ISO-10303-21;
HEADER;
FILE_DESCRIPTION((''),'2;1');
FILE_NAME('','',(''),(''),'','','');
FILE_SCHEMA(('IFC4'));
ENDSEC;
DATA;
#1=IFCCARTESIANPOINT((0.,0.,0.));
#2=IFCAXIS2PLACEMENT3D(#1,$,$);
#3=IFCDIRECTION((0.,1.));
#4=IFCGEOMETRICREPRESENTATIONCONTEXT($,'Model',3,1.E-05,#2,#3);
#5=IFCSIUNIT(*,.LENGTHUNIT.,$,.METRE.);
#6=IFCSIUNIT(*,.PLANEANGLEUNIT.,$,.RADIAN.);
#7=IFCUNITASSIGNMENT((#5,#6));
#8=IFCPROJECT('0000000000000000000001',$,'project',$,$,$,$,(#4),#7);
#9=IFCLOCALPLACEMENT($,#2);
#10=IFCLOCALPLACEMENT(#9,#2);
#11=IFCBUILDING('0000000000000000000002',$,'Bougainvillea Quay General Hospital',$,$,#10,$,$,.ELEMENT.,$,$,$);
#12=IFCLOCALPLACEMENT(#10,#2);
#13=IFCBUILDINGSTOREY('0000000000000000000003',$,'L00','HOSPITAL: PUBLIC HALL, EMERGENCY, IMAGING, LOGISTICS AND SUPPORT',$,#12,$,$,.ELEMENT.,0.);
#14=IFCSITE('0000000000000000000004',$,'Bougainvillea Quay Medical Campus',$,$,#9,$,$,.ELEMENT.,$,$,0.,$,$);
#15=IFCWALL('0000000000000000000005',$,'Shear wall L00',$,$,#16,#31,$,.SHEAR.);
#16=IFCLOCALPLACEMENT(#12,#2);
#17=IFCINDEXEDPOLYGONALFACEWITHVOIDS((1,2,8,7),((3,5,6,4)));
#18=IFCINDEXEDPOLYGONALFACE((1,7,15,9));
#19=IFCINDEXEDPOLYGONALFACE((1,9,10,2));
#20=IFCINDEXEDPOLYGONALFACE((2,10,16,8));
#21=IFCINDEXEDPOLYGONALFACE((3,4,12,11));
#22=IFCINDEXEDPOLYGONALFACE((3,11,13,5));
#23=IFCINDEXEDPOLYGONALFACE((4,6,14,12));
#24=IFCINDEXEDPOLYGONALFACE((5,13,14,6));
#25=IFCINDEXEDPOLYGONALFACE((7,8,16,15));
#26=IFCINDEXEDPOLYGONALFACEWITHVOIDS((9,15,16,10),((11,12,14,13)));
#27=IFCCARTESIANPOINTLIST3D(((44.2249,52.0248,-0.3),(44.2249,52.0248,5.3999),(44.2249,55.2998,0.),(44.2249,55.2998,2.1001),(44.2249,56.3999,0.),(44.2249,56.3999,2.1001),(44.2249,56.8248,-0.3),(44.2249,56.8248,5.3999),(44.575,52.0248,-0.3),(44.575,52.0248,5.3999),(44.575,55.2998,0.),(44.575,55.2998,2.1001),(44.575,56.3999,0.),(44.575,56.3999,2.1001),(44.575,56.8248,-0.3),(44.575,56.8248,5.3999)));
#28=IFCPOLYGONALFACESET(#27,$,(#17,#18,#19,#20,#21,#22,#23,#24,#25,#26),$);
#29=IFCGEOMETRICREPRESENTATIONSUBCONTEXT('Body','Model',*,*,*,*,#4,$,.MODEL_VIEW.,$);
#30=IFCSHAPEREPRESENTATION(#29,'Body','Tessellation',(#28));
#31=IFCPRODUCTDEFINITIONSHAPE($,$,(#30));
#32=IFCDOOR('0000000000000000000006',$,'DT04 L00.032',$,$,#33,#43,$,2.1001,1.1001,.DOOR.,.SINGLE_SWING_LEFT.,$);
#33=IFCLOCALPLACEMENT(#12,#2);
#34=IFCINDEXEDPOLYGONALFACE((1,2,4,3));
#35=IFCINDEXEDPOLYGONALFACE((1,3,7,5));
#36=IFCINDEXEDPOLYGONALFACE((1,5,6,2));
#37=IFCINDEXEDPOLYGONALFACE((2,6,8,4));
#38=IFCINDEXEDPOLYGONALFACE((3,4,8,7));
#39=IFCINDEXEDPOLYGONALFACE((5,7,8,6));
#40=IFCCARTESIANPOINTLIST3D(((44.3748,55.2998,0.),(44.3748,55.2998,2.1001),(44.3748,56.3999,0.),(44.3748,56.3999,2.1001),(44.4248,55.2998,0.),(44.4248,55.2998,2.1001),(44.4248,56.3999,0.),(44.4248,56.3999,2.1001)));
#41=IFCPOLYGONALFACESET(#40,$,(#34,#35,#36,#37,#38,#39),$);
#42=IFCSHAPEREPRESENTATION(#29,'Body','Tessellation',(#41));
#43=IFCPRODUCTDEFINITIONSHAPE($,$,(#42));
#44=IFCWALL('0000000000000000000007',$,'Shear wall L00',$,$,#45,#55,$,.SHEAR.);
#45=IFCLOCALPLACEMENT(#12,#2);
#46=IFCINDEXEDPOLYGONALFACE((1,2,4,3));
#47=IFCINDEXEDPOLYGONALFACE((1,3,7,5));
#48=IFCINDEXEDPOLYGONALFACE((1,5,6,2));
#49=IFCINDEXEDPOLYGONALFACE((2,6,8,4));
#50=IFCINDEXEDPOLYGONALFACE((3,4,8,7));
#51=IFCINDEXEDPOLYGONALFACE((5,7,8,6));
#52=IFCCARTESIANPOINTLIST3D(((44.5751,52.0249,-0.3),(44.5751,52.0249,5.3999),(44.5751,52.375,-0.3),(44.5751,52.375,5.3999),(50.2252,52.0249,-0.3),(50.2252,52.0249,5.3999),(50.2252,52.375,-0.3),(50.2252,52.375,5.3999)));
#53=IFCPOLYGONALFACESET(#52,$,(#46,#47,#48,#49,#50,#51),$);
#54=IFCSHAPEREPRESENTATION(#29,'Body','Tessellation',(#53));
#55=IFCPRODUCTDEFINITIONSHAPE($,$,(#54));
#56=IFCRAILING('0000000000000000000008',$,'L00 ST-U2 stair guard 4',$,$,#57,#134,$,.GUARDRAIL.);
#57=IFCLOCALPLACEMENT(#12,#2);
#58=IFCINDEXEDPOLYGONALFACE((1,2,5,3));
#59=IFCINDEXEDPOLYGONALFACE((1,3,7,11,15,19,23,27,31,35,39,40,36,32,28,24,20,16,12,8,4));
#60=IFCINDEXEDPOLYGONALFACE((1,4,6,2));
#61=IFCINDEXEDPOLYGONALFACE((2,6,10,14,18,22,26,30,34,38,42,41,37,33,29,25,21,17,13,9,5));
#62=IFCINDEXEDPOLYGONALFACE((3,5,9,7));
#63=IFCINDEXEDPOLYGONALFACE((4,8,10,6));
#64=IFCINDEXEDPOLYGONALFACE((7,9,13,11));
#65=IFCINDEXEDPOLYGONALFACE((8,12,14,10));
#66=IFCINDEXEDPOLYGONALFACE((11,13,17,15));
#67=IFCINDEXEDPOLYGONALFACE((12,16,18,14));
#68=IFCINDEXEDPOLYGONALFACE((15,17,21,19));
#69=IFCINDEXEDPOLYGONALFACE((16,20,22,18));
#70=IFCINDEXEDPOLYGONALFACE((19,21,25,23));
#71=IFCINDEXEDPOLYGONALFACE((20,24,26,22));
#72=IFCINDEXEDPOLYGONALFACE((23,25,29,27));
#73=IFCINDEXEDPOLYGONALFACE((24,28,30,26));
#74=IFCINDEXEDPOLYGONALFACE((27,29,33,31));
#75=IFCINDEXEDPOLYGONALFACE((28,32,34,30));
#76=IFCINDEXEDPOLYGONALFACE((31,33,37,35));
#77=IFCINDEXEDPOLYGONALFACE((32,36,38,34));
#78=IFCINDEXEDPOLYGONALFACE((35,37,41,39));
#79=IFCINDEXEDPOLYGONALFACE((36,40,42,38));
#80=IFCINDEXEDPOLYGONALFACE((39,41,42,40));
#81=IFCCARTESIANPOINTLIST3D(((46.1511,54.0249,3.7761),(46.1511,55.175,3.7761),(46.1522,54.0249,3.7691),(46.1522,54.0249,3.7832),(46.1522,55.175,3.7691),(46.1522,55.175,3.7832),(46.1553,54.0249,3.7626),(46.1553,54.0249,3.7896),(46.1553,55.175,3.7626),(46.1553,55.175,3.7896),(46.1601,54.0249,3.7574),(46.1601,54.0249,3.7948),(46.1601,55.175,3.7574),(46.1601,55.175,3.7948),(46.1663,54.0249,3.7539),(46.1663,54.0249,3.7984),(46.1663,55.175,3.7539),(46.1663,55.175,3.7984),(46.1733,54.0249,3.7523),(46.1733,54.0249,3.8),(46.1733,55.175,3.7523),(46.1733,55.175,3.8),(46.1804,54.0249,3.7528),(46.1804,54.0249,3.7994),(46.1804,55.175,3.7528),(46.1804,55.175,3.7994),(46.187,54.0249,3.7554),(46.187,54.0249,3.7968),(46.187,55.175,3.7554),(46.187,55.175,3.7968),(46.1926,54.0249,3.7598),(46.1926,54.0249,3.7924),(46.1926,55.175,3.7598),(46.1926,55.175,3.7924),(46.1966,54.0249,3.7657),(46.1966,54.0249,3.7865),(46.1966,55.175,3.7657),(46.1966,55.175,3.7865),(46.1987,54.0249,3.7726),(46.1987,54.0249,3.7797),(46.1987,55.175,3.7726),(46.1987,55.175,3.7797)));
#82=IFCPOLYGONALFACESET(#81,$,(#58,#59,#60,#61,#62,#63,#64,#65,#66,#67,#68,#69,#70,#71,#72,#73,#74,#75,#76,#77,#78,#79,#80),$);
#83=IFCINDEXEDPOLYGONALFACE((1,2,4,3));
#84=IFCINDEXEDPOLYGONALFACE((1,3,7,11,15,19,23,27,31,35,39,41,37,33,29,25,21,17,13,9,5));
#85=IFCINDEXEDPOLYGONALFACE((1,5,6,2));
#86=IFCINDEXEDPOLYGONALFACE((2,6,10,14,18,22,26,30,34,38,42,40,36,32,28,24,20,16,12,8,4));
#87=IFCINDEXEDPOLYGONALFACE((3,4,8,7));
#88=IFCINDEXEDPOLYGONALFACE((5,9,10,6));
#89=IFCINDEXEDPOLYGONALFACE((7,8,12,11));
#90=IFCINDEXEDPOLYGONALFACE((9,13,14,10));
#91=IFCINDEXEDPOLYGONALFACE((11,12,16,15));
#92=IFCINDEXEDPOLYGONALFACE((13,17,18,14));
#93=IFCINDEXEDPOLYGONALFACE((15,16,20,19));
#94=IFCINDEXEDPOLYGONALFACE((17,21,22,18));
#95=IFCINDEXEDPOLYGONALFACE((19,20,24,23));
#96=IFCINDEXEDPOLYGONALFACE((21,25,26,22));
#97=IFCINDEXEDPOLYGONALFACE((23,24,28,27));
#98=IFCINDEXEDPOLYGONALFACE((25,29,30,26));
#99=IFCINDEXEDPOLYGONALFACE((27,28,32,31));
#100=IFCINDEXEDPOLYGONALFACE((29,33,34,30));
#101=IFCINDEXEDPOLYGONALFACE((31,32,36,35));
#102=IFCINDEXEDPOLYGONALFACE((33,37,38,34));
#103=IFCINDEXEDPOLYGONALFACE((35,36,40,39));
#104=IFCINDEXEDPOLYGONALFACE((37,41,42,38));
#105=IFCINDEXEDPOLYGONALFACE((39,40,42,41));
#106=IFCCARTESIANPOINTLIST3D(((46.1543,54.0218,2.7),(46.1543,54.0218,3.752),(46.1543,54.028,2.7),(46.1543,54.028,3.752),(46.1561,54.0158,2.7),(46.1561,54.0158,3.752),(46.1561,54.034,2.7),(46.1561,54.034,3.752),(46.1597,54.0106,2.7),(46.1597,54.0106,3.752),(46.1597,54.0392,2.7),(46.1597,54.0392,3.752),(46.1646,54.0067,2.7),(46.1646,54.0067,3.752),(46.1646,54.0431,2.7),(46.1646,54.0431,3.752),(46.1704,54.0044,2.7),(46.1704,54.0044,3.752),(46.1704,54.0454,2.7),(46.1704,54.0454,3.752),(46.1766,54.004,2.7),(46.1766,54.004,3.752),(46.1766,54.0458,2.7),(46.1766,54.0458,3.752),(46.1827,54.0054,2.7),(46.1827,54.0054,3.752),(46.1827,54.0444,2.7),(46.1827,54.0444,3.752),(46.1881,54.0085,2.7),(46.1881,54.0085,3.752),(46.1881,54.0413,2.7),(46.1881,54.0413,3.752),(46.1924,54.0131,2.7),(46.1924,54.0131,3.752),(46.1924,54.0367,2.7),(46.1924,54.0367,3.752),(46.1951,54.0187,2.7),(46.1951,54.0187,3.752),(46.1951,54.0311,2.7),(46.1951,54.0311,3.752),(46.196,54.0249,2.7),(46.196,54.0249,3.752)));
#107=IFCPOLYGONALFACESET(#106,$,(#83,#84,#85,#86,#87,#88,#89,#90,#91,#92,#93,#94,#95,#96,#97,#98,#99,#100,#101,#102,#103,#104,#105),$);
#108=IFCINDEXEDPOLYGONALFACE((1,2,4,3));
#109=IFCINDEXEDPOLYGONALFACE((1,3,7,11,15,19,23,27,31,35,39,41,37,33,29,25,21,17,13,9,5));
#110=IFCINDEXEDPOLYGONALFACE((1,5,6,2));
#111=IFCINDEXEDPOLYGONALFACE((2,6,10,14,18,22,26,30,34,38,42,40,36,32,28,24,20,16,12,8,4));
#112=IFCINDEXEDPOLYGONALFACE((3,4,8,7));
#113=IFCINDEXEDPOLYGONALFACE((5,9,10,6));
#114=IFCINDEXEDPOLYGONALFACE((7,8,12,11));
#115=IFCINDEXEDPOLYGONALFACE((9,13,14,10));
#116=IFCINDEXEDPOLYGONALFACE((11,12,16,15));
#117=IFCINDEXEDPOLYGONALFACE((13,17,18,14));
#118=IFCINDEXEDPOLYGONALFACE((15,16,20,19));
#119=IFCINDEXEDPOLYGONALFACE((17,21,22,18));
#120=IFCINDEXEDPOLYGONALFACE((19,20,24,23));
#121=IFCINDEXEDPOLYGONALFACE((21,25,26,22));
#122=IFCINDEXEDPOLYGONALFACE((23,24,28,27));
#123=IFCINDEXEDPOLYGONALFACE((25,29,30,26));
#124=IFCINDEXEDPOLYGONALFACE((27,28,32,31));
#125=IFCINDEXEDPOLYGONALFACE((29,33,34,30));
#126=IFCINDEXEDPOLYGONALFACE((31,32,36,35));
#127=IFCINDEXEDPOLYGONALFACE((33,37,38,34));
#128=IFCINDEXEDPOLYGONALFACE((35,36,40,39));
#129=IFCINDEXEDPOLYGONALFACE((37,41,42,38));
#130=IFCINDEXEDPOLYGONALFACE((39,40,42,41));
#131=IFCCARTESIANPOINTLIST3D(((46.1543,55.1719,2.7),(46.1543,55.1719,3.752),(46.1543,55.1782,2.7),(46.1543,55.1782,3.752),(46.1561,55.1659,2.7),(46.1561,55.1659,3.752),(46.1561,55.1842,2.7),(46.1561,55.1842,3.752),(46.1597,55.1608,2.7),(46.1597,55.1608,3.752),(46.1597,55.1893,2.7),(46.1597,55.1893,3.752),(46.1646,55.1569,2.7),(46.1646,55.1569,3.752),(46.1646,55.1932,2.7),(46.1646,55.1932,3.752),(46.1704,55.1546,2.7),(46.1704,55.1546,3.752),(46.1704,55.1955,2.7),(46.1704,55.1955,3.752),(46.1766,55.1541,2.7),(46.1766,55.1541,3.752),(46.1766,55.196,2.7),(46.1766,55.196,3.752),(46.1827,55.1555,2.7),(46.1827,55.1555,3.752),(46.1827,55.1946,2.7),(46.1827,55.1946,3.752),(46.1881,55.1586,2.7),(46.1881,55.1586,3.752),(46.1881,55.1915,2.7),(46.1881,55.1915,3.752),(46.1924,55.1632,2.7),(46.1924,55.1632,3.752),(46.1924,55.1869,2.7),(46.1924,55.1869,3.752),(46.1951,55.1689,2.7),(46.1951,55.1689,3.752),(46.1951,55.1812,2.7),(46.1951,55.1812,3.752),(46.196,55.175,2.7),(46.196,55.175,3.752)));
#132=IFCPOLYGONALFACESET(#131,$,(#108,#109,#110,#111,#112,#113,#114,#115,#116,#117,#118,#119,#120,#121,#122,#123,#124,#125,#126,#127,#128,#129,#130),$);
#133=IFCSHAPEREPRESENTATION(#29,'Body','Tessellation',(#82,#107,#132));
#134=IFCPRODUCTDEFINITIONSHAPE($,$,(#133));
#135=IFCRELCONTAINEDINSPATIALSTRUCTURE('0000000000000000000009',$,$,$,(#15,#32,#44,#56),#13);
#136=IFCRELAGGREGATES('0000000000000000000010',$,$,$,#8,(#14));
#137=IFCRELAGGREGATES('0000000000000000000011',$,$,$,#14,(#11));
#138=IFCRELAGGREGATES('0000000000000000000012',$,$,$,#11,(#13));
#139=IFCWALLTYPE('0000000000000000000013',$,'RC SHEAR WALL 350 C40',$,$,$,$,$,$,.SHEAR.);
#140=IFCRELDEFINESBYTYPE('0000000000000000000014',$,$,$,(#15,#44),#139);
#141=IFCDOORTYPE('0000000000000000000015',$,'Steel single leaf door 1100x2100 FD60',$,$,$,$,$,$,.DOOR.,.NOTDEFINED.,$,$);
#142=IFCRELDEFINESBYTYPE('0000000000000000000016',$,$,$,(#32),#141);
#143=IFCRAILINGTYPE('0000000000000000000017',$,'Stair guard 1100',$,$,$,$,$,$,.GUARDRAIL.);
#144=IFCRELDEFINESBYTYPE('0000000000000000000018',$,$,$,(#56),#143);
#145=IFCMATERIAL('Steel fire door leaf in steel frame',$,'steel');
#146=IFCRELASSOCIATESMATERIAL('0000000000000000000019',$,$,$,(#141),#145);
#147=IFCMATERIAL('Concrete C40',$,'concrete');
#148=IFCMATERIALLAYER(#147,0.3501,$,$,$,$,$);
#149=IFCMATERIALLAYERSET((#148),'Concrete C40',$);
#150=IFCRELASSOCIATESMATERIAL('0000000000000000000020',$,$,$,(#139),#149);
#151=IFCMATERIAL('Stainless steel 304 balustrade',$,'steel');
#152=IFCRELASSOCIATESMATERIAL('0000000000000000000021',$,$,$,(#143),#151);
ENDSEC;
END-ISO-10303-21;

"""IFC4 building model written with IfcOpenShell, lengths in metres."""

from ifc_helpers import new_model, si_unit, direction, frame, frame_2d, origin, origin_2d, place, context, subcontext, project, spatial, rectangle, circle, extrude, material, layer, layer_set, type_object, element, fill, save


model = new_model("IFC4")

# Units and contexts
model_context = context("Model", 3, precision=1e-05, world=origin(), true_north=direction((0.0, 1.0)))
body_context = subcontext(model_context, "Body", "Model", "MODEL_VIEW")
ifc_project = project(units=[si_unit("LENGTHUNIT", "METRE"), si_unit("PLANEANGLEUNIT", "RADIAN")], contexts=[model_context])

# Site, building, storey
site_placement = place(None, origin())
site = spatial("IfcSite", under=ifc_project, at=site_placement, Name="Bougainvillea Quay Medical Campus", CompositionType="ELEMENT", RefElevation=0.0)
building_placement = place(site_placement, origin())
building = spatial("IfcBuilding", under=site, at=building_placement, Name="Bougainvillea Quay General Hospital", CompositionType="ELEMENT")
storey_placement = place(building_placement, origin())
storey = spatial("IfcBuildingStorey", under=building, at=storey_placement, Name="L00", Description="HOSPITAL: PUBLIC HALL, EMERGENCY, IMAGING, LOGISTICS AND SUPPORT", CompositionType="ELEMENT", Elevation=0.0)

# Shared definitions
ifc_material_1 = material(Name="Concrete C40", Category="concrete")

# Shared definitions
ifc_material_2 = material(Name="Steel fire door leaf in steel frame", Category="steel")
door_type_1 = type_object("IfcDoorType", Name="Steel single leaf door 1100x2100 FD60", OperationType="NOTDEFINED", PredefinedType="DOOR", material=ifc_material_2)

# Wall, opening, door
ifc_layer_1 = layer(ifc_material_1, 0.3501)
ifc_layer_set_1 = layer_set([ifc_layer_1], Name="Concrete C40")
wall_type_1 = type_object("IfcWallType", Name="RC SHEAR WALL 350 C40", PredefinedType="SHEAR", material=ifc_layer_set_1)
wall_1_placement = place(storey_placement, frame((44.3999, 52.0249, -0.3), z_axis=(0.0, 0.0, 1.0), x_axis=(0.0, 1.0, 0.0)))
wall_1 = element("IfcWall", 1, at=wall_1_placement, inside=storey, type_object=wall_type_1, Name="Shear wall L00", PredefinedType="SHEAR", context=body_context, shape_type="SweptSolid", body=[
    extrude(rectangle(XDim=4.8, YDim=0.3501, at=frame_2d((2.3999, 0.0))), origin(), (0.0, 0.0, 1.0), 5.7),
])
opening_1_placement = place(wall_1_placement, frame((3.2749, 0.0, 0.3)))
opening_1 = element("IfcOpeningElement", 2, at=opening_1_placement, cuts=wall_1, PredefinedType="OPENING", context=body_context, shape_type="SweptSolid", body=[
    extrude(rectangle(XDim=1.1001, YDim=2.1001, at=frame_2d((0.55, 1.05))), frame((0.0, 0.1851, 0.0), z_axis=(0.0, -1.0, 0.0), x_axis=(1.0, 0.0, 0.0)), (0.0, 0.0, 1.0), 0.3701),
])
door_1_placement = place(opening_1_placement, frame((1.1001, 0.0, 0.0), z_axis=(0.0, 0.0, 1.0), x_axis=(-1.0, 0.0, 0.0)))
door_1 = element("IfcDoor", 3, at=door_1_placement, inside=storey, type_object=door_type_1, Name="DT04 L00.032", OperationType="SINGLE_SWING_LEFT", OverallHeight=2.1001, OverallWidth=1.1001, PredefinedType="DOOR", context=body_context, shape_type="SweptSolid", body=[
    extrude(rectangle(XDim=1.1001, YDim=2.1001, at=frame_2d((0.55, 1.05))), frame((0.0, 0.0249, 0.0), z_axis=(0.0, -1.0, 0.0), x_axis=(1.0, 0.0, 0.0)), (0.0, 0.0, 1.0), 0.05),
])
fill(opening_1, door_1)

# Wall
wall_2_placement = place(storey_placement, frame((44.575, 52.2, -0.3), z_axis=(0.0, 0.0, 1.0), x_axis=(1.0, 0.0, 0.0)))
element("IfcWall", 4, at=wall_2_placement, inside=storey, type_object=wall_type_1, Name="Shear wall L00", PredefinedType="SHEAR", context=body_context, shape_type="SweptSolid", body=[
    extrude(rectangle(XDim=5.6501, YDim=0.3501, at=frame_2d((2.8252, 0.0))), origin(), (0.0, 0.0, 1.0), 5.7),
])

# Railing
ifc_material_3 = material(Name="Stainless steel 304 balustrade", Category="steel")
railing_type = type_object("IfcRailingType", Name="Stair guard 1100", PredefinedType="GUARDRAIL", material=ifc_material_3)
railing_placement = place(storey_placement, frame((46.175, 54.0249, 2.7)))
element("IfcRailing", 5, at=railing_placement, inside=storey, type_object=railing_type, Name="L00 ST-U2 stair guard 4", PredefinedType="GUARDRAIL", context=body_context, shape_type="SweptSolid", body=[
    extrude(circle(Radius=0.0239, at=origin_2d()), frame((0.0, 0.0, 1.0762), z_axis=(0.0, 1.0, 0.0), x_axis=(-1.0, 0.0, 0.0)), (0.0, 0.0, 1.0), 1.1501),
    extrude(circle(Radius=0.021, at=origin_2d()), origin(), (0.0, 0.0, 1.0), 1.052),
    extrude(circle(Radius=0.021, at=origin_2d()), frame((0.0, 1.1501, 0.0)), (0.0, 0.0, 1.0), 1.052),
])

save(model, "model.ifc")
